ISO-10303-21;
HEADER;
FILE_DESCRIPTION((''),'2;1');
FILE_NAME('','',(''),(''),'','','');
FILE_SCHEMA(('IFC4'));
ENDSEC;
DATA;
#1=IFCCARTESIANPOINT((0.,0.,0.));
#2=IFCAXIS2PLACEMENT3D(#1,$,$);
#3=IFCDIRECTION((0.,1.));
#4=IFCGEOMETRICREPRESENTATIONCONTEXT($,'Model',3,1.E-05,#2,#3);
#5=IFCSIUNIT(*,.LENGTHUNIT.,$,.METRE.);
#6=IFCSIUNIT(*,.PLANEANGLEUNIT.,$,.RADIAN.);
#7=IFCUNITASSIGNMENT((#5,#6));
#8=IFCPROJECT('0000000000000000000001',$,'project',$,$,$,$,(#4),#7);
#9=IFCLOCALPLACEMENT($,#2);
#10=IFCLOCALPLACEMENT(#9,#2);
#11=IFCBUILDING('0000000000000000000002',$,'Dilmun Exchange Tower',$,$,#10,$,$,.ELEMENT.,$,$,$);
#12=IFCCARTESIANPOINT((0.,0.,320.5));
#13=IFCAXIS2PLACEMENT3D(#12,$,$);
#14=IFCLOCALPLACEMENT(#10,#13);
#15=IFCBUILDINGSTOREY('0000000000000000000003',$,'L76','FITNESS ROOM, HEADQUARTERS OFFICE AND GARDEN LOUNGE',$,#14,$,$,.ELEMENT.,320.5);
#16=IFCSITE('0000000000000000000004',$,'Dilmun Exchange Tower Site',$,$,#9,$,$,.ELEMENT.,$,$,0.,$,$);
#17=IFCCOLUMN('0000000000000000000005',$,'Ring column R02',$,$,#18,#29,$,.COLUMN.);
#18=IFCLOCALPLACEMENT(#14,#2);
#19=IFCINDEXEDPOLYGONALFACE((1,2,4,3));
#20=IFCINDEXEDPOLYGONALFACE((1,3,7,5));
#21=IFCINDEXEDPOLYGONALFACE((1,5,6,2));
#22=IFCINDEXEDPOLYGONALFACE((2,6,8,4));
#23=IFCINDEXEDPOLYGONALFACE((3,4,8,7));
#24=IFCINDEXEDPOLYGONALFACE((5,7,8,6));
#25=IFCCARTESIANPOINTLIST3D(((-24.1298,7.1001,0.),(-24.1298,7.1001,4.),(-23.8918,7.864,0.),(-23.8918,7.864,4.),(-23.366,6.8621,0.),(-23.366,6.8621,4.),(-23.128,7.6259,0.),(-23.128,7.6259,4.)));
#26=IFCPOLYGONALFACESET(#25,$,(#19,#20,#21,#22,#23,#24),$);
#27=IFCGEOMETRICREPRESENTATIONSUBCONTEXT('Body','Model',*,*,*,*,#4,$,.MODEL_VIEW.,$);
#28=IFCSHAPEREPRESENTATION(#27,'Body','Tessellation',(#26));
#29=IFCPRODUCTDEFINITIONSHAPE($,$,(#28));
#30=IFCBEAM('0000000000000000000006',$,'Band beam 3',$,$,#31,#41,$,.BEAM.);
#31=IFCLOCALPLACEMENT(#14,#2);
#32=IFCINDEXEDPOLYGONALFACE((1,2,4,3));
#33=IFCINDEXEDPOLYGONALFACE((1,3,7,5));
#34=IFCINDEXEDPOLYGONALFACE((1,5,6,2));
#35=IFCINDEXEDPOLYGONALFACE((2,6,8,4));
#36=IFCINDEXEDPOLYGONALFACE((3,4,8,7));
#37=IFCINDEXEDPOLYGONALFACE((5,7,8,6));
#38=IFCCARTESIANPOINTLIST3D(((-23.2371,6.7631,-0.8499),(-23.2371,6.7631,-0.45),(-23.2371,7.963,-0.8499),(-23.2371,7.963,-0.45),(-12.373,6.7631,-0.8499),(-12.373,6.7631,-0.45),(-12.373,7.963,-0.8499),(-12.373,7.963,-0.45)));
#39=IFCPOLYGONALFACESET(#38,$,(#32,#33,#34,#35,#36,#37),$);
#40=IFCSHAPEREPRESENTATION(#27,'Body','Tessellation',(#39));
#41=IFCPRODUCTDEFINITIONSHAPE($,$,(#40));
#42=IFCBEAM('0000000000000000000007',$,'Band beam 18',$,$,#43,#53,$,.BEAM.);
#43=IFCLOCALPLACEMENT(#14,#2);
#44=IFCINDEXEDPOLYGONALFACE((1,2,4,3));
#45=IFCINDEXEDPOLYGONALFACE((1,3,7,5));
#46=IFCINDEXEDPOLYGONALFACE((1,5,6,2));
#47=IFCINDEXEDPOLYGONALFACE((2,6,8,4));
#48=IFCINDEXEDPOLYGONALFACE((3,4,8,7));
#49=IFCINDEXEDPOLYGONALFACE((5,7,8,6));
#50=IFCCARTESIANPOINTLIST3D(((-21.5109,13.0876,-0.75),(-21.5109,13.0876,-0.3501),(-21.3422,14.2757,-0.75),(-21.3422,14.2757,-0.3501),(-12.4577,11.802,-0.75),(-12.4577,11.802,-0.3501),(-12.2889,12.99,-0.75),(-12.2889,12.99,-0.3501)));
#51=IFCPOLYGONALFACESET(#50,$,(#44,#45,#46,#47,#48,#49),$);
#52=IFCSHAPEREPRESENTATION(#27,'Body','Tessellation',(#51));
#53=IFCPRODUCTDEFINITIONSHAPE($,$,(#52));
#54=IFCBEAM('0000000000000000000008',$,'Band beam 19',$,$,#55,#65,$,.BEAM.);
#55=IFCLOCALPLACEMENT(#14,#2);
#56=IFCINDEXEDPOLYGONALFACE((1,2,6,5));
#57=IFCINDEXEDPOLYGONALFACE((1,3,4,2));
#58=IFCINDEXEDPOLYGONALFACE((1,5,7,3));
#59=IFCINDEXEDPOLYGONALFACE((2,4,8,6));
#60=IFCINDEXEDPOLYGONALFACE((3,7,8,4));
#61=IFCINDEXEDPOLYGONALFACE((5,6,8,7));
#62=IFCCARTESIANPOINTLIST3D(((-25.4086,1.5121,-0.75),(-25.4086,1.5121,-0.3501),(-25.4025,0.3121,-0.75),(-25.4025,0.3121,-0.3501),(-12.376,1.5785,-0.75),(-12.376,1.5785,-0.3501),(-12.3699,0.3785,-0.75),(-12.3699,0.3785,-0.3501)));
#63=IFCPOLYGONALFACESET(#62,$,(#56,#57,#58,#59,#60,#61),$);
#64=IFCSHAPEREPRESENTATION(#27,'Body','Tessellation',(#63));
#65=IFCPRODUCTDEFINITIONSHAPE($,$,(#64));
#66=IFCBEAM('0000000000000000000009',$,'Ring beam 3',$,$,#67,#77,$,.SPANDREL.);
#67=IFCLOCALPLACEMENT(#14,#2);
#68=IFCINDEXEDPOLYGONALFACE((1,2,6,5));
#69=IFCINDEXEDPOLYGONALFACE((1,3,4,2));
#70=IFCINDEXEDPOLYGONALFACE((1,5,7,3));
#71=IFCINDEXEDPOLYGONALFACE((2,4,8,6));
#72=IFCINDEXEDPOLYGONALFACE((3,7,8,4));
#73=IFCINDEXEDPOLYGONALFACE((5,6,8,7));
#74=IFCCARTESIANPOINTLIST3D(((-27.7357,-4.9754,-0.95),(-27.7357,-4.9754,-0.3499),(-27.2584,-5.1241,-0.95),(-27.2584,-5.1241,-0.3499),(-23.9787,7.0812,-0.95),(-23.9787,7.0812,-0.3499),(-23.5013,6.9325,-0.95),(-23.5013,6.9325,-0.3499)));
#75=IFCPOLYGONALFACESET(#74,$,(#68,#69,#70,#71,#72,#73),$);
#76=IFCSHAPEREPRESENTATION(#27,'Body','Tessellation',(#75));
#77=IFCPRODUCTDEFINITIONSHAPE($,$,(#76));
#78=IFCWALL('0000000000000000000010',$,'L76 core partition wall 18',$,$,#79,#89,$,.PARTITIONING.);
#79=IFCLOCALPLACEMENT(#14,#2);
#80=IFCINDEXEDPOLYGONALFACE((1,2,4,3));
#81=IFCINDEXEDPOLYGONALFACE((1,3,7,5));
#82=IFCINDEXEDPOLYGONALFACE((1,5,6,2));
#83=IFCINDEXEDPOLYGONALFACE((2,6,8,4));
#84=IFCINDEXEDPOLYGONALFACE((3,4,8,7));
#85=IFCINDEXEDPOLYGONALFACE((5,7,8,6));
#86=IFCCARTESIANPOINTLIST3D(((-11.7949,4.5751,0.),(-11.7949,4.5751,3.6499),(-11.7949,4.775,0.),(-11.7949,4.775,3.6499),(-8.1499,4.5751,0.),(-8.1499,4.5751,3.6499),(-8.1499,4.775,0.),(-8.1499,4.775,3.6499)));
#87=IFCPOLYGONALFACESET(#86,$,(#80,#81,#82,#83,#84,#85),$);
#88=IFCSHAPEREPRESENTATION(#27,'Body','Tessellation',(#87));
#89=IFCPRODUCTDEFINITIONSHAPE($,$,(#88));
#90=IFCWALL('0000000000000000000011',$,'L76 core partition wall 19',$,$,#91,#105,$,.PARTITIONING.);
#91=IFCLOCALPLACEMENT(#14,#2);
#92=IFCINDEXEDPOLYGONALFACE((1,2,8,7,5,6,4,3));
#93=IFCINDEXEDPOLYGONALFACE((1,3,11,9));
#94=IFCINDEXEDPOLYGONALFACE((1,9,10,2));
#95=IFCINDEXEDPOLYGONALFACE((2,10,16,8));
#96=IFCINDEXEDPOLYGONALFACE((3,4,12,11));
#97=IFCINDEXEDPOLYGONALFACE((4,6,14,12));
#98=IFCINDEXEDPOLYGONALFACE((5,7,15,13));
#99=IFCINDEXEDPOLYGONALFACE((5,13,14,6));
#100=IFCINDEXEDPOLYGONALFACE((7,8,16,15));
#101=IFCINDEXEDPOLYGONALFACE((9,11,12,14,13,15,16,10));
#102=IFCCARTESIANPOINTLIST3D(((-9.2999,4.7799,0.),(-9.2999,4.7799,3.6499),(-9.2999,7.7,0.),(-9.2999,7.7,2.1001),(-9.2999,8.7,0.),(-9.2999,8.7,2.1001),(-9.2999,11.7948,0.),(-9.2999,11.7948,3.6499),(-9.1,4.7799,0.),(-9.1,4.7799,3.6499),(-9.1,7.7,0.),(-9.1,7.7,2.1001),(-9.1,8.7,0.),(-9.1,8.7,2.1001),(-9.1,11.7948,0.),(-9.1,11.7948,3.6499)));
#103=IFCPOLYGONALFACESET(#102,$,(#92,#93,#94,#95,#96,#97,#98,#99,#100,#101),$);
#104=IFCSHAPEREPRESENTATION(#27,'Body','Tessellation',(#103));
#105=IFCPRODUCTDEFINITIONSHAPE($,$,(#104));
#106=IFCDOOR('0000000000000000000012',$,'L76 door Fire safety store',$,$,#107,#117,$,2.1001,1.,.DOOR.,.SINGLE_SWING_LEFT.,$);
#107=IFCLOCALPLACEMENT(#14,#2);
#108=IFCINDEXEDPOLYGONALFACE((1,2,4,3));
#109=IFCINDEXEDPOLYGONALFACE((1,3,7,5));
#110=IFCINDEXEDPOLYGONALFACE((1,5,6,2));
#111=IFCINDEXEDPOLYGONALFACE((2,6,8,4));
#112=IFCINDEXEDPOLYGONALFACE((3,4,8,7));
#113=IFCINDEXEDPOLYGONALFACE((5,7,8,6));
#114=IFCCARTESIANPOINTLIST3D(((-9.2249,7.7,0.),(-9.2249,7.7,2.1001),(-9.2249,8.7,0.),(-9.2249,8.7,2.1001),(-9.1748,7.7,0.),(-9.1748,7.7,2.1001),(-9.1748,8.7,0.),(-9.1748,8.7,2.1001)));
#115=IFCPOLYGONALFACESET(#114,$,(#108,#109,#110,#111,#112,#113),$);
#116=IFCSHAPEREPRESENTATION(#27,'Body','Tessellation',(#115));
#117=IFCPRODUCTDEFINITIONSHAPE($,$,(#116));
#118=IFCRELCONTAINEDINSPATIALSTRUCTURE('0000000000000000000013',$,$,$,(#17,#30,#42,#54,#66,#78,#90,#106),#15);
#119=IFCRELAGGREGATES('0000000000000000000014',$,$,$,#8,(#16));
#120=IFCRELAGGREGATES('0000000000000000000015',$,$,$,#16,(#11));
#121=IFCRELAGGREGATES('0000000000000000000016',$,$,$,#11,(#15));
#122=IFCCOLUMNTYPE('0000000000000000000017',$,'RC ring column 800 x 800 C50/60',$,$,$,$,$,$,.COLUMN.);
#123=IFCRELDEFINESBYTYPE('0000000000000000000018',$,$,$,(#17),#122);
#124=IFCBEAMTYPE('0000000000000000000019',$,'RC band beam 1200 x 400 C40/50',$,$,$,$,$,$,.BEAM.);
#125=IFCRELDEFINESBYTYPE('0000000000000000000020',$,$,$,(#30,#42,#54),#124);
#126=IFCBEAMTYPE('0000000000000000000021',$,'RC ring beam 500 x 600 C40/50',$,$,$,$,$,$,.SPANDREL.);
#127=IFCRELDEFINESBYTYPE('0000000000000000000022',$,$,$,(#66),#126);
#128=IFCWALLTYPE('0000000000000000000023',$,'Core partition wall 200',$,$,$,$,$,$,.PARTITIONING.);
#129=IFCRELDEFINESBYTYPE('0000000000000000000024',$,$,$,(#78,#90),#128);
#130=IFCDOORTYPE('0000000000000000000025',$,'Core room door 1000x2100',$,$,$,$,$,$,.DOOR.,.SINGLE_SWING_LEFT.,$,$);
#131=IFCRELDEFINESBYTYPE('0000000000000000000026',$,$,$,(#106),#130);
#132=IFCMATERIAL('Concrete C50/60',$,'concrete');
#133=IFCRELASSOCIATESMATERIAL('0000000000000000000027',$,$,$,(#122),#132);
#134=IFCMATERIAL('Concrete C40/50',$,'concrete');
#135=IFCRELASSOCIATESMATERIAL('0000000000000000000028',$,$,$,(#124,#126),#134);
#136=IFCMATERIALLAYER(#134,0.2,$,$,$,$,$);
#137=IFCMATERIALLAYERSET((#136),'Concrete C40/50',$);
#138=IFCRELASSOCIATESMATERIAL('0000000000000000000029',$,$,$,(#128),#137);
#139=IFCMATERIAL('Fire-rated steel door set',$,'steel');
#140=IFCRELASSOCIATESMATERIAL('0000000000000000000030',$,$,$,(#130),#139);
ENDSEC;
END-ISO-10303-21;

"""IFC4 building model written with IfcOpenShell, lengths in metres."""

from ifc_helpers import new_model, si_unit, direction, frame, frame_2d, origin, origin_2d, place, context, subcontext, project, spatial, rectangle, extrude, material, layer, layer_set, material_profile, profile_set, type_object, element, fill, save


model = new_model("IFC4")

# Units and contexts
model_context = context("Model", 3, precision=1e-05, world=origin(), true_north=direction((0.0, 1.0)))
body_context = subcontext(model_context, "Body", "Model", "MODEL_VIEW")
ifc_project = project(units=[si_unit("LENGTHUNIT", "METRE"), si_unit("PLANEANGLEUNIT", "RADIAN")], contexts=[model_context])

# Site, building, storey
site_placement = place(None, origin())
site = spatial("IfcSite", under=ifc_project, at=site_placement, Name="Dilmun Exchange Tower Site", CompositionType="ELEMENT", RefElevation=0.0)
building_placement = place(site_placement, origin())
building = spatial("IfcBuilding", under=site, at=building_placement, Name="Dilmun Exchange Tower", CompositionType="ELEMENT")
storey_placement = place(building_placement, frame((0.0, 0.0, 320.5)))
storey = spatial("IfcBuildingStorey", under=building, at=storey_placement, Name="L76", Description="FITNESS ROOM, HEADQUARTERS OFFICE AND GARDEN LOUNGE", CompositionType="ELEMENT", Elevation=320.5)

# Column
ifc_material_1 = material(Name="Concrete C50/60", Category="concrete")
ifc_material_profile_1 = material_profile(ifc_material_1, rectangle(XDim=0.8, YDim=0.8, at=origin_2d()), Name="800 x 800")
ifc_profile_set_1 = profile_set([ifc_material_profile_1], Name="Concrete C50/60")
column_type = type_object("IfcColumnType", Name="RC ring column 800 x 800 C50/60", PredefinedType="COLUMN", material=ifc_profile_set_1)
column_placement = place(storey_placement, frame((-23.6289, 7.363, 0.0), z_axis=(0.0, 0.0, 1.0), x_axis=(0.297503, 0.954721, 0.0)))
element("IfcColumn", 1, at=column_placement, inside=storey, type_object=column_type, Name="Ring column R02", PredefinedType="COLUMN", context=body_context, shape_type="SweptSolid", body=[
    extrude(rectangle(XDim=0.8, YDim=0.8, at=origin_2d()), origin(), (0.0, 0.0, 1.0), 4.0),
])

# Beams
ifc_material_2 = material(Name="Concrete C40/50", Category="concrete")
ifc_material_profile_2 = material_profile(ifc_material_2, rectangle(XDim=1.2, YDim=0.3999, at=origin_2d()), Name="1200 x 400")
ifc_profile_set_2 = profile_set([ifc_material_profile_2], Name="Concrete C40/50")
beam_type_1 = type_object("IfcBeamType", Name="RC band beam 1200 x 400 C40/50", PredefinedType="BEAM", material=ifc_profile_set_2)
beam_1_placement = place(storey_placement, frame((-23.2371, 7.363, -0.6499), z_axis=(1.0, 0.0, 0.0), x_axis=(0.0, 1.0, 0.0)))
element("IfcBeam", 2, at=beam_1_placement, inside=storey, type_object=beam_type_1, Name="Band beam 3", PredefinedType="BEAM", context=body_context, shape_type="SweptSolid", body=[
    extrude(rectangle(XDim=1.2, YDim=0.3999, at=origin_2d()), origin(), (0.0, 0.0, 1.0), 10.864),
])
beam_2_placement = place(storey_placement, frame((-21.4265, 13.6816, -0.55), z_axis=(0.990067, -0.140599, 0.0), x_axis=(0.140599, 0.990067, 0.0)))
element("IfcBeam", 3, at=beam_2_placement, inside=storey, type_object=beam_type_1, Name="Band beam 18", PredefinedType="BEAM", context=body_context, shape_type="SweptSolid", body=[
    extrude(rectangle(XDim=1.2, YDim=0.3999, at=origin_2d()), origin(), (0.0, 0.0, 1.0), 9.144),
])
beam_3_placement = place(storey_placement, frame((-25.4055, 0.9121, -0.55), z_axis=(0.999987, 0.005095, 0.0), x_axis=(-0.005095, 0.999987, 0.0)))
element("IfcBeam", 4, at=beam_3_placement, inside=storey, type_object=beam_type_1, Name="Band beam 19", PredefinedType="BEAM", context=body_context, shape_type="SweptSolid", body=[
    extrude(rectangle(XDim=1.2, YDim=0.3999, at=origin_2d()), origin(), (0.0, 0.0, 1.0), 13.0327),
])
ifc_material_profile_3 = material_profile(ifc_material_2, rectangle(XDim=0.5, YDim=0.6001, at=origin_2d()), Name="500 x 600")
ifc_profile_set_3 = profile_set([ifc_material_profile_3], Name="Concrete C40/50")
beam_type_2 = type_object("IfcBeamType", Name="RC ring beam 500 x 600 C40/50", PredefinedType="SPANDREL", material=ifc_profile_set_3)
beam_4_placement = place(storey_placement, frame((-23.74, 7.0068, -0.6499), z_axis=(-0.297509, -0.954719, 0.0), x_axis=(0.954719, -0.297509, 0.0)))
element("IfcBeam", 5, at=beam_4_placement, inside=storey, type_object=beam_type_2, Name="Ring beam 3", PredefinedType="SPANDREL", context=body_context, shape_type="SweptSolid", body=[
    extrude(rectangle(XDim=0.5, YDim=0.6001, at=origin_2d()), origin(), (0.0, 0.0, 1.0), 12.6284),
])

# Wall
ifc_layer_1 = layer(ifc_material_2, 0.2)
ifc_layer_set_1 = layer_set([ifc_layer_1], Name="Concrete C40/50")
wall_type_1 = type_object("IfcWallType", Name="Core partition wall 200", PredefinedType="PARTITIONING", material=ifc_layer_set_1)
wall_1_placement = place(storey_placement, frame((-11.7949, 4.675, 0.0), z_axis=(0.0, 0.0, 1.0), x_axis=(1.0, 0.0, 0.0)))
element("IfcWall", 6, at=wall_1_placement, inside=storey, type_object=wall_type_1, Name="L76 core partition wall 18", PredefinedType="PARTITIONING", context=body_context, shape_type="SweptSolid", body=[
    extrude(rectangle(XDim=3.645, YDim=0.2, at=frame_2d((1.8225, 0.0))), origin(), (0.0, 0.0, 1.0), 3.6499),
])

# Wall, opening, door
wall_2_placement = place(storey_placement, frame((-9.2, 4.78, 0.0), z_axis=(0.0, 0.0, 1.0), x_axis=(0.0, 1.0, 0.0)))
wall_2 = element("IfcWall", 7, at=wall_2_placement, inside=storey, type_object=wall_type_1, Name="L76 core partition wall 19", PredefinedType="PARTITIONING", context=body_context, shape_type="SweptSolid", body=[
    extrude(rectangle(XDim=7.0149, YDim=0.2, at=frame_2d((3.5073, 0.0))), origin(), (0.0, 0.0, 1.0), 3.6499),
])
opening_1_placement = place(wall_2_placement, frame((2.9199, 0.0, 0.0)))
opening_1 = element("IfcOpeningElement", 8, at=opening_1_placement, cuts=wall_2, PredefinedType="OPENING", context=body_context, shape_type="SweptSolid", body=[
    extrude(rectangle(XDim=1.0, YDim=2.1001, at=frame_2d((0.5, 1.05))), frame((0.0, 0.1099, 0.0), z_axis=(0.0, -1.0, 0.0), x_axis=(1.0, 0.0, 0.0)), (0.0, 0.0, 1.0), 0.22),
])
ifc_material_3 = material(Name="Fire-rated steel door set", Category="steel")
door_type_1 = type_object("IfcDoorType", Name="Core room door 1000x2100", OperationType="SINGLE_SWING_LEFT", PredefinedType="DOOR", material=ifc_material_3)
door_1_placement = place(opening_1_placement, origin())
door_1 = element("IfcDoor", 9, at=door_1_placement, inside=storey, type_object=door_type_1, Name="L76 door Fire safety store", OperationType="SINGLE_SWING_LEFT", OverallHeight=2.1001, OverallWidth=1.0, PredefinedType="DOOR", context=body_context, shape_type="SweptSolid", body=[
    extrude(rectangle(XDim=1.0, YDim=2.1001, at=frame_2d((0.5, 1.05))), frame((0.0, 0.0249, 0.0), z_axis=(0.0, -1.0, 0.0), x_axis=(1.0, 0.0, 0.0)), (0.0, 0.0, 1.0), 0.05),
])
fill(opening_1, door_1)

save(model, "model.ifc")
